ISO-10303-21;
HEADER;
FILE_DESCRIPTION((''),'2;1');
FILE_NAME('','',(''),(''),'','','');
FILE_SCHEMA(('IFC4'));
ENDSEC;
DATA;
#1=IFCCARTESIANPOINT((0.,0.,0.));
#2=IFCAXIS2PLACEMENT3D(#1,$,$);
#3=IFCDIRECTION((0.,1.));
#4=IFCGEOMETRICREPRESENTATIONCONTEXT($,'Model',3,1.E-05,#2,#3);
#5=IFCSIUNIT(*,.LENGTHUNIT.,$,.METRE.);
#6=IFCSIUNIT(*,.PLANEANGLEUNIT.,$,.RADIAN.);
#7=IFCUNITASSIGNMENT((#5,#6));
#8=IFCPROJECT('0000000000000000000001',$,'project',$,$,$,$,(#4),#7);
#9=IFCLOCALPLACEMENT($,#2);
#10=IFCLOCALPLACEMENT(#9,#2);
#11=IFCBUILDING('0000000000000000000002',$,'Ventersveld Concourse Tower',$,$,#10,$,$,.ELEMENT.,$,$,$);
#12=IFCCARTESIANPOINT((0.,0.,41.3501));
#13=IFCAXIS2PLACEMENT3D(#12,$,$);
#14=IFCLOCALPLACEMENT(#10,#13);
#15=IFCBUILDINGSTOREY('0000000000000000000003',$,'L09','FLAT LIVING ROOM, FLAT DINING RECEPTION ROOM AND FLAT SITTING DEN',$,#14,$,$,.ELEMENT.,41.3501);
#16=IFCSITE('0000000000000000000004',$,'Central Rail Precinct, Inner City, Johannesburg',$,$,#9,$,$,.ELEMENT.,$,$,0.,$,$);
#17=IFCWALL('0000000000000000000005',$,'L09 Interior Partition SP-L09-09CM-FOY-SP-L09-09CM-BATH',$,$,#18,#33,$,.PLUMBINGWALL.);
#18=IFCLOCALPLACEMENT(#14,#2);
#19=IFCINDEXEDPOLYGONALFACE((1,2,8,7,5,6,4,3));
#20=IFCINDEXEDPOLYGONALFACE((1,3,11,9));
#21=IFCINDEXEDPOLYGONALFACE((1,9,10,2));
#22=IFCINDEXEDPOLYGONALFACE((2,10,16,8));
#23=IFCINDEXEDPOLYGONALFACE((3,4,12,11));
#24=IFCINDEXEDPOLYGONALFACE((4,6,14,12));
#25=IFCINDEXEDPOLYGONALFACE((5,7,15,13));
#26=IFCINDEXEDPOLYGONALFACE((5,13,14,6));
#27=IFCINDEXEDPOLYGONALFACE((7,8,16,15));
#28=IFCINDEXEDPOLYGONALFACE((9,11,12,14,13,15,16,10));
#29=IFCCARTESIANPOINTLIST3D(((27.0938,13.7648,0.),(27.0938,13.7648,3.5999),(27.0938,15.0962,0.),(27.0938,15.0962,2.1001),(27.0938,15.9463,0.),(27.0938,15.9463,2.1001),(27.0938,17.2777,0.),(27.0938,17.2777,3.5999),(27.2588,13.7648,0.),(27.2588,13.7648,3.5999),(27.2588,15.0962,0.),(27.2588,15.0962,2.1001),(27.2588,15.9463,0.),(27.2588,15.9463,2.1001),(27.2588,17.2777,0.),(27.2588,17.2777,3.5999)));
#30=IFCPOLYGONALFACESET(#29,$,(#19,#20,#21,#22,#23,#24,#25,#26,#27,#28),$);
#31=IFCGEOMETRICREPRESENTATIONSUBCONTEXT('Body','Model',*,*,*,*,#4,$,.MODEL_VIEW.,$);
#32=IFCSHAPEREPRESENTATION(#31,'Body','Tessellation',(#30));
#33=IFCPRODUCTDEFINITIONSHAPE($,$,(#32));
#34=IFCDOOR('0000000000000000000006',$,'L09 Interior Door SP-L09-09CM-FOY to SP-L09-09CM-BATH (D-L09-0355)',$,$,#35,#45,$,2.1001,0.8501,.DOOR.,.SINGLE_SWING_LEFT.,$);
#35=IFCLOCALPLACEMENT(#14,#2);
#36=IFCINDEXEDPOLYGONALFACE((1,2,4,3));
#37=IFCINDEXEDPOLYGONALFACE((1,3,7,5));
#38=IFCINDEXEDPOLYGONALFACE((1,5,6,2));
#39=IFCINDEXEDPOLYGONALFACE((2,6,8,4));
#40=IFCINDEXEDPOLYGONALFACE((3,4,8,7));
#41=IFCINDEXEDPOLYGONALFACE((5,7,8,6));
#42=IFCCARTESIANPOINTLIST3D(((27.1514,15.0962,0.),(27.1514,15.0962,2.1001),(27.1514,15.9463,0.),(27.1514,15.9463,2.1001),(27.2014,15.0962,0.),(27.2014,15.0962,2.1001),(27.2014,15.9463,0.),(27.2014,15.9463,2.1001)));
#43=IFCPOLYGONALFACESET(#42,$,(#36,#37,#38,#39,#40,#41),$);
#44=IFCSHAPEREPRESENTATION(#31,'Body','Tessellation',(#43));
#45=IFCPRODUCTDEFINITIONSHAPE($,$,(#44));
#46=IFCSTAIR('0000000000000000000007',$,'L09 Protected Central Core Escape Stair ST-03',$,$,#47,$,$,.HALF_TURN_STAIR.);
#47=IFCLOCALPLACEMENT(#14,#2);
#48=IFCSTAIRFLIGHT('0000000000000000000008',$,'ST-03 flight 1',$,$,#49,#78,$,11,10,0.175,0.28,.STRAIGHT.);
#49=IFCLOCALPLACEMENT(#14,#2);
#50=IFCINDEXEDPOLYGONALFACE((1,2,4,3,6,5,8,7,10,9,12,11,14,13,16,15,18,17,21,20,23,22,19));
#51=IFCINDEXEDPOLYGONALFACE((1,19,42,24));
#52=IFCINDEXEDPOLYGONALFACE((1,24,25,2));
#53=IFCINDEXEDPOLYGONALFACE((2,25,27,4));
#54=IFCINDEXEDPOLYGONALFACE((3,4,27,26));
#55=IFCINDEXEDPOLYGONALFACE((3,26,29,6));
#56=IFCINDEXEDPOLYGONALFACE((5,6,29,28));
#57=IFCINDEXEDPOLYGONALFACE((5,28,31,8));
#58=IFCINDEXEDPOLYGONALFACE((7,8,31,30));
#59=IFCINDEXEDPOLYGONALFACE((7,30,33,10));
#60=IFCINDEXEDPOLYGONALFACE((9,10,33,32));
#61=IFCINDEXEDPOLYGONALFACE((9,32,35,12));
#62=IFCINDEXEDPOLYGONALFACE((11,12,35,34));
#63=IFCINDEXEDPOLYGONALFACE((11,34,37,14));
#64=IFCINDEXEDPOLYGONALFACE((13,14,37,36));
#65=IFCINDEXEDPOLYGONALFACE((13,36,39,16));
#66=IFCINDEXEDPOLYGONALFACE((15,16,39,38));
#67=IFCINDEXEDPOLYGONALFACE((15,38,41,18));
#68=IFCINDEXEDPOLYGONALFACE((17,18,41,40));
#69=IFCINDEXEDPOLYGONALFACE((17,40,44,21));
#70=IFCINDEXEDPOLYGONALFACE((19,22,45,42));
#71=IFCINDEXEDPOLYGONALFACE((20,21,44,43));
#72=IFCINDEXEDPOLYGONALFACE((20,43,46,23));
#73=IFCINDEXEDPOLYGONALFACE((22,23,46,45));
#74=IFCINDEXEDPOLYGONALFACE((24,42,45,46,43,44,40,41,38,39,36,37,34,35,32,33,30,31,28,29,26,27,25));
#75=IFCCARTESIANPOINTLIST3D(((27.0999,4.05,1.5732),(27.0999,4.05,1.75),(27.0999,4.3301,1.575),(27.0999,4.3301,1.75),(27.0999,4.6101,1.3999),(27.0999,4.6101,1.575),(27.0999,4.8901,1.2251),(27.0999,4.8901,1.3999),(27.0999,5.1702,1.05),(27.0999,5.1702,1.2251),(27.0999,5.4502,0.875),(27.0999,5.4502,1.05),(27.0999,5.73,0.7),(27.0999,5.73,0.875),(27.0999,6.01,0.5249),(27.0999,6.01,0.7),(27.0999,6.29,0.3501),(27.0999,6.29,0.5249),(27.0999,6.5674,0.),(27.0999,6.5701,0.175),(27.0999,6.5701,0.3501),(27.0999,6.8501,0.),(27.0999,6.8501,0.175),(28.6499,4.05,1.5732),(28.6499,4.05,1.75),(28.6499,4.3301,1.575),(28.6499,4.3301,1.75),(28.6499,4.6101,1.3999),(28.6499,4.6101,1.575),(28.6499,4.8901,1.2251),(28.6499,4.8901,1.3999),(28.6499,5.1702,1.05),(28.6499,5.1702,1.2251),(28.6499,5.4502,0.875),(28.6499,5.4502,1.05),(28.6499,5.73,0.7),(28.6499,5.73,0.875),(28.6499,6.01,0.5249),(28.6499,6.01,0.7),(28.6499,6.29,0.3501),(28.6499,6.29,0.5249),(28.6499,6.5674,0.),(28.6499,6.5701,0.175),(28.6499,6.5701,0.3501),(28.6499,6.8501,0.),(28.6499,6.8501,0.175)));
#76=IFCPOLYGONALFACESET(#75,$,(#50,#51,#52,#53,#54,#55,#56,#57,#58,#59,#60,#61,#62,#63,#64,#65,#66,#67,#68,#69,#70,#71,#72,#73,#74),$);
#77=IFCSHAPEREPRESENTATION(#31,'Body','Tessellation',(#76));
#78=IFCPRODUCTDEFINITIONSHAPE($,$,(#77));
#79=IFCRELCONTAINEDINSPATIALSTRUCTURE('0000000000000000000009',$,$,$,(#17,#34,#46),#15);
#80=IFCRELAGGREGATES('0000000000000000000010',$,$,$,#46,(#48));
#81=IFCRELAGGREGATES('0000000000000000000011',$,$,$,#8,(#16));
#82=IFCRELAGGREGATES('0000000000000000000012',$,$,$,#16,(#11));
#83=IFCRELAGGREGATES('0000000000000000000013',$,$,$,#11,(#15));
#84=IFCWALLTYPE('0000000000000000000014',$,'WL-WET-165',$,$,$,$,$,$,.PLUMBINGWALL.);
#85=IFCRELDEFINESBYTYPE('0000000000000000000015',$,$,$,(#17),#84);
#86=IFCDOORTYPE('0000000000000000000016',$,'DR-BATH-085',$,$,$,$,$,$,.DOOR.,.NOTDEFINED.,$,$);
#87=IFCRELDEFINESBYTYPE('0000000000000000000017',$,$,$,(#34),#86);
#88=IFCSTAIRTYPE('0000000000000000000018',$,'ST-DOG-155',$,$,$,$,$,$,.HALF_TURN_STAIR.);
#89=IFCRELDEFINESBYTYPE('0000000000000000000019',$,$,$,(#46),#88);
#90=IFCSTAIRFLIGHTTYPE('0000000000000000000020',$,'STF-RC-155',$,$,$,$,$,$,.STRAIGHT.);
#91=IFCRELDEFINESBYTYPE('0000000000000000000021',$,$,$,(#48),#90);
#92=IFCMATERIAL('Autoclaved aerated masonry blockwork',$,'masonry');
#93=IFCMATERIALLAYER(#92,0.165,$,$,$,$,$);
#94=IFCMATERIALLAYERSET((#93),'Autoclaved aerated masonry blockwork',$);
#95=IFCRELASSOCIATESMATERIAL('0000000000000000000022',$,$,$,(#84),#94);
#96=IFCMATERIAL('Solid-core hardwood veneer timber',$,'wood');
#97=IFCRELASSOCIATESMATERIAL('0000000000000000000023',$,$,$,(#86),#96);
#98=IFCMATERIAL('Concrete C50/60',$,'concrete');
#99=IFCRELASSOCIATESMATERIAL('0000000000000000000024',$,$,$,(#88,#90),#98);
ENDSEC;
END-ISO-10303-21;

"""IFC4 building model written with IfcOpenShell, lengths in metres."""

from ifc_helpers import new_model, si_unit, direction, frame, frame_2d, origin, place, context, subcontext, project, spatial, polyline, rectangle, outline, extrude, material, layer, layer_set, type_object, element, fill, aggregate, save


model = new_model("IFC4")

# Units and contexts
model_context = context("Model", 3, precision=1e-05, world=origin(), true_north=direction((0.0, 1.0)))
body_context = subcontext(model_context, "Body", "Model", "MODEL_VIEW")
ifc_project = project(units=[si_unit("LENGTHUNIT", "METRE"), si_unit("PLANEANGLEUNIT", "RADIAN")], contexts=[model_context])

# Site, building, storey
site_placement = place(None, origin())
site = spatial("IfcSite", under=ifc_project, at=site_placement, Name="Central Rail Precinct, Inner City, Johannesburg", CompositionType="ELEMENT", RefElevation=0.0)
building_placement = place(site_placement, origin())
building = spatial("IfcBuilding", under=site, at=building_placement, Name="Ventersveld Concourse Tower", CompositionType="ELEMENT")
storey_placement = place(building_placement, frame((0.0, 0.0, 41.3501)))
storey = spatial("IfcBuildingStorey", under=building, at=storey_placement, Name="L09", Description="FLAT LIVING ROOM, FLAT DINING RECEPTION ROOM AND FLAT SITTING DEN", CompositionType="ELEMENT", Elevation=41.3501)

# Shared definitions
ifc_material_1 = material(Name="Concrete C50/60", Category="concrete")

# Wall, opening, door
ifc_material_2 = material(Name="Autoclaved aerated masonry blockwork", Category="masonry")
ifc_material_3 = material(Name="Solid-core hardwood veneer timber", Category="wood")
ifc_layer_1 = layer(ifc_material_2, 0.165)
ifc_layer_set_1 = layer_set([ifc_layer_1], Name="Autoclaved aerated masonry blockwork")
wall_type_1 = type_object("IfcWallType", Name="WL-WET-165", PredefinedType="PLUMBINGWALL", material=ifc_layer_set_1)
wall_1_placement = place(storey_placement, frame((27.1763, 13.7649, 0.0), z_axis=(0.0, 0.0, 1.0), x_axis=(0.0, 1.0, 0.0)))
wall_1 = element("IfcWall", 1, at=wall_1_placement, inside=storey, type_object=wall_type_1, Name="L09 Interior Partition SP-L09-09CM-FOY-SP-L09-09CM-BATH", PredefinedType="PLUMBINGWALL", context=body_context, shape_type="SweptSolid", body=[
    extrude(rectangle(XDim=3.5129, YDim=0.165, at=frame_2d((1.7563, 0.0))), origin(), (0.0, 0.0, 1.0), 3.5999),
])
opening_1_placement = place(wall_1_placement, frame((1.3313, 0.0, 0.0)))
opening_1 = element("IfcOpeningElement", 2, at=opening_1_placement, cuts=wall_1, PredefinedType="OPENING", context=body_context, shape_type="SweptSolid", body=[
    extrude(rectangle(XDim=0.8501, YDim=2.1001, at=frame_2d((0.425, 1.05))), frame((0.0, 0.0925, 0.0), z_axis=(0.0, -1.0, 0.0), x_axis=(1.0, 0.0, 0.0)), (0.0, 0.0, 1.0), 0.1851),
])
door_type_1 = type_object("IfcDoorType", Name="DR-BATH-085", OperationType="NOTDEFINED", PredefinedType="DOOR", material=ifc_material_3)
door_1_placement = place(opening_1_placement, origin())
door_1 = element("IfcDoor", 3, at=door_1_placement, inside=storey, type_object=door_type_1, Name="L09 Interior Door SP-L09-09CM-FOY to SP-L09-09CM-BATH (D-L09-0355)", OperationType="SINGLE_SWING_LEFT", OverallHeight=2.1001, OverallWidth=0.8501, PredefinedType="DOOR", context=body_context, shape_type="SweptSolid", body=[
    extrude(rectangle(XDim=0.8501, YDim=2.1001, at=frame_2d((0.425, 1.05))), frame((0.0, 0.0249, 0.0), z_axis=(0.0, -1.0, 0.0), x_axis=(1.0, 0.0, 0.0)), (0.0, 0.0, 1.0), 0.05),
])
fill(opening_1, door_1)

# Stair, stair flight
stair_type = type_object("IfcStairType", Name="ST-DOG-155", PredefinedType="HALF_TURN_STAIR", material=ifc_material_1)
stair_placement = place(storey_placement, origin())
stair = element("IfcStair", 4, at=stair_placement, inside=storey, type_object=stair_type, Name="L09 Protected Central Core Escape Stair ST-03", PredefinedType="HALF_TURN_STAIR")
stair_flight_type = type_object("IfcStairFlightType", Name="STF-RC-155", PredefinedType="STRAIGHT", material=ifc_material_1)
stair_flight_placement = place(storey_placement, frame((27.875, 6.8501, 0.0), z_axis=(0.0, 0.0, 1.0), x_axis=(0.0, -1.0, 0.0)))
stair_flight = element("IfcStairFlight", 5, at=stair_flight_placement, type_object=stair_flight_type, Name="ST-03 flight 1", NumberOfRisers=11, NumberOfTreads=10, PredefinedType="STRAIGHT", RiserHeight=0.175, TreadLength=0.28, context=body_context, shape_type="SweptSolid", body=[
    extrude(outline(polyline([(0.0, 0.0), (0.0, 0.175), (0.28, 0.175), (0.28, 0.3501), (0.5601, 0.3501), (0.5601, 0.5249), (0.8401, 0.5249), (0.8401, 0.7), (1.1201, 0.7), (1.1201, 0.875), (1.3999, 0.875), (1.3999, 1.05), (1.6799, 1.05), (1.6799, 1.2251), (1.96, 1.2251), (1.96, 1.3999), (2.24, 1.3999), (2.24, 1.575), (2.52, 1.575), (2.52, 1.75), (2.8, 1.75), (2.8, 1.925), (2.8, 1.5732), (0.2827, 0.0), (0.0, 0.0)])), frame((0.0, 0.7749, 0.0), z_axis=(0.0, -1.0, 0.0), x_axis=(1.0, 0.0, 0.0)), (0.0, 0.0, 1.0), 1.55),
])
aggregate(stair, [stair_flight])

save(model, "model.ifc")
